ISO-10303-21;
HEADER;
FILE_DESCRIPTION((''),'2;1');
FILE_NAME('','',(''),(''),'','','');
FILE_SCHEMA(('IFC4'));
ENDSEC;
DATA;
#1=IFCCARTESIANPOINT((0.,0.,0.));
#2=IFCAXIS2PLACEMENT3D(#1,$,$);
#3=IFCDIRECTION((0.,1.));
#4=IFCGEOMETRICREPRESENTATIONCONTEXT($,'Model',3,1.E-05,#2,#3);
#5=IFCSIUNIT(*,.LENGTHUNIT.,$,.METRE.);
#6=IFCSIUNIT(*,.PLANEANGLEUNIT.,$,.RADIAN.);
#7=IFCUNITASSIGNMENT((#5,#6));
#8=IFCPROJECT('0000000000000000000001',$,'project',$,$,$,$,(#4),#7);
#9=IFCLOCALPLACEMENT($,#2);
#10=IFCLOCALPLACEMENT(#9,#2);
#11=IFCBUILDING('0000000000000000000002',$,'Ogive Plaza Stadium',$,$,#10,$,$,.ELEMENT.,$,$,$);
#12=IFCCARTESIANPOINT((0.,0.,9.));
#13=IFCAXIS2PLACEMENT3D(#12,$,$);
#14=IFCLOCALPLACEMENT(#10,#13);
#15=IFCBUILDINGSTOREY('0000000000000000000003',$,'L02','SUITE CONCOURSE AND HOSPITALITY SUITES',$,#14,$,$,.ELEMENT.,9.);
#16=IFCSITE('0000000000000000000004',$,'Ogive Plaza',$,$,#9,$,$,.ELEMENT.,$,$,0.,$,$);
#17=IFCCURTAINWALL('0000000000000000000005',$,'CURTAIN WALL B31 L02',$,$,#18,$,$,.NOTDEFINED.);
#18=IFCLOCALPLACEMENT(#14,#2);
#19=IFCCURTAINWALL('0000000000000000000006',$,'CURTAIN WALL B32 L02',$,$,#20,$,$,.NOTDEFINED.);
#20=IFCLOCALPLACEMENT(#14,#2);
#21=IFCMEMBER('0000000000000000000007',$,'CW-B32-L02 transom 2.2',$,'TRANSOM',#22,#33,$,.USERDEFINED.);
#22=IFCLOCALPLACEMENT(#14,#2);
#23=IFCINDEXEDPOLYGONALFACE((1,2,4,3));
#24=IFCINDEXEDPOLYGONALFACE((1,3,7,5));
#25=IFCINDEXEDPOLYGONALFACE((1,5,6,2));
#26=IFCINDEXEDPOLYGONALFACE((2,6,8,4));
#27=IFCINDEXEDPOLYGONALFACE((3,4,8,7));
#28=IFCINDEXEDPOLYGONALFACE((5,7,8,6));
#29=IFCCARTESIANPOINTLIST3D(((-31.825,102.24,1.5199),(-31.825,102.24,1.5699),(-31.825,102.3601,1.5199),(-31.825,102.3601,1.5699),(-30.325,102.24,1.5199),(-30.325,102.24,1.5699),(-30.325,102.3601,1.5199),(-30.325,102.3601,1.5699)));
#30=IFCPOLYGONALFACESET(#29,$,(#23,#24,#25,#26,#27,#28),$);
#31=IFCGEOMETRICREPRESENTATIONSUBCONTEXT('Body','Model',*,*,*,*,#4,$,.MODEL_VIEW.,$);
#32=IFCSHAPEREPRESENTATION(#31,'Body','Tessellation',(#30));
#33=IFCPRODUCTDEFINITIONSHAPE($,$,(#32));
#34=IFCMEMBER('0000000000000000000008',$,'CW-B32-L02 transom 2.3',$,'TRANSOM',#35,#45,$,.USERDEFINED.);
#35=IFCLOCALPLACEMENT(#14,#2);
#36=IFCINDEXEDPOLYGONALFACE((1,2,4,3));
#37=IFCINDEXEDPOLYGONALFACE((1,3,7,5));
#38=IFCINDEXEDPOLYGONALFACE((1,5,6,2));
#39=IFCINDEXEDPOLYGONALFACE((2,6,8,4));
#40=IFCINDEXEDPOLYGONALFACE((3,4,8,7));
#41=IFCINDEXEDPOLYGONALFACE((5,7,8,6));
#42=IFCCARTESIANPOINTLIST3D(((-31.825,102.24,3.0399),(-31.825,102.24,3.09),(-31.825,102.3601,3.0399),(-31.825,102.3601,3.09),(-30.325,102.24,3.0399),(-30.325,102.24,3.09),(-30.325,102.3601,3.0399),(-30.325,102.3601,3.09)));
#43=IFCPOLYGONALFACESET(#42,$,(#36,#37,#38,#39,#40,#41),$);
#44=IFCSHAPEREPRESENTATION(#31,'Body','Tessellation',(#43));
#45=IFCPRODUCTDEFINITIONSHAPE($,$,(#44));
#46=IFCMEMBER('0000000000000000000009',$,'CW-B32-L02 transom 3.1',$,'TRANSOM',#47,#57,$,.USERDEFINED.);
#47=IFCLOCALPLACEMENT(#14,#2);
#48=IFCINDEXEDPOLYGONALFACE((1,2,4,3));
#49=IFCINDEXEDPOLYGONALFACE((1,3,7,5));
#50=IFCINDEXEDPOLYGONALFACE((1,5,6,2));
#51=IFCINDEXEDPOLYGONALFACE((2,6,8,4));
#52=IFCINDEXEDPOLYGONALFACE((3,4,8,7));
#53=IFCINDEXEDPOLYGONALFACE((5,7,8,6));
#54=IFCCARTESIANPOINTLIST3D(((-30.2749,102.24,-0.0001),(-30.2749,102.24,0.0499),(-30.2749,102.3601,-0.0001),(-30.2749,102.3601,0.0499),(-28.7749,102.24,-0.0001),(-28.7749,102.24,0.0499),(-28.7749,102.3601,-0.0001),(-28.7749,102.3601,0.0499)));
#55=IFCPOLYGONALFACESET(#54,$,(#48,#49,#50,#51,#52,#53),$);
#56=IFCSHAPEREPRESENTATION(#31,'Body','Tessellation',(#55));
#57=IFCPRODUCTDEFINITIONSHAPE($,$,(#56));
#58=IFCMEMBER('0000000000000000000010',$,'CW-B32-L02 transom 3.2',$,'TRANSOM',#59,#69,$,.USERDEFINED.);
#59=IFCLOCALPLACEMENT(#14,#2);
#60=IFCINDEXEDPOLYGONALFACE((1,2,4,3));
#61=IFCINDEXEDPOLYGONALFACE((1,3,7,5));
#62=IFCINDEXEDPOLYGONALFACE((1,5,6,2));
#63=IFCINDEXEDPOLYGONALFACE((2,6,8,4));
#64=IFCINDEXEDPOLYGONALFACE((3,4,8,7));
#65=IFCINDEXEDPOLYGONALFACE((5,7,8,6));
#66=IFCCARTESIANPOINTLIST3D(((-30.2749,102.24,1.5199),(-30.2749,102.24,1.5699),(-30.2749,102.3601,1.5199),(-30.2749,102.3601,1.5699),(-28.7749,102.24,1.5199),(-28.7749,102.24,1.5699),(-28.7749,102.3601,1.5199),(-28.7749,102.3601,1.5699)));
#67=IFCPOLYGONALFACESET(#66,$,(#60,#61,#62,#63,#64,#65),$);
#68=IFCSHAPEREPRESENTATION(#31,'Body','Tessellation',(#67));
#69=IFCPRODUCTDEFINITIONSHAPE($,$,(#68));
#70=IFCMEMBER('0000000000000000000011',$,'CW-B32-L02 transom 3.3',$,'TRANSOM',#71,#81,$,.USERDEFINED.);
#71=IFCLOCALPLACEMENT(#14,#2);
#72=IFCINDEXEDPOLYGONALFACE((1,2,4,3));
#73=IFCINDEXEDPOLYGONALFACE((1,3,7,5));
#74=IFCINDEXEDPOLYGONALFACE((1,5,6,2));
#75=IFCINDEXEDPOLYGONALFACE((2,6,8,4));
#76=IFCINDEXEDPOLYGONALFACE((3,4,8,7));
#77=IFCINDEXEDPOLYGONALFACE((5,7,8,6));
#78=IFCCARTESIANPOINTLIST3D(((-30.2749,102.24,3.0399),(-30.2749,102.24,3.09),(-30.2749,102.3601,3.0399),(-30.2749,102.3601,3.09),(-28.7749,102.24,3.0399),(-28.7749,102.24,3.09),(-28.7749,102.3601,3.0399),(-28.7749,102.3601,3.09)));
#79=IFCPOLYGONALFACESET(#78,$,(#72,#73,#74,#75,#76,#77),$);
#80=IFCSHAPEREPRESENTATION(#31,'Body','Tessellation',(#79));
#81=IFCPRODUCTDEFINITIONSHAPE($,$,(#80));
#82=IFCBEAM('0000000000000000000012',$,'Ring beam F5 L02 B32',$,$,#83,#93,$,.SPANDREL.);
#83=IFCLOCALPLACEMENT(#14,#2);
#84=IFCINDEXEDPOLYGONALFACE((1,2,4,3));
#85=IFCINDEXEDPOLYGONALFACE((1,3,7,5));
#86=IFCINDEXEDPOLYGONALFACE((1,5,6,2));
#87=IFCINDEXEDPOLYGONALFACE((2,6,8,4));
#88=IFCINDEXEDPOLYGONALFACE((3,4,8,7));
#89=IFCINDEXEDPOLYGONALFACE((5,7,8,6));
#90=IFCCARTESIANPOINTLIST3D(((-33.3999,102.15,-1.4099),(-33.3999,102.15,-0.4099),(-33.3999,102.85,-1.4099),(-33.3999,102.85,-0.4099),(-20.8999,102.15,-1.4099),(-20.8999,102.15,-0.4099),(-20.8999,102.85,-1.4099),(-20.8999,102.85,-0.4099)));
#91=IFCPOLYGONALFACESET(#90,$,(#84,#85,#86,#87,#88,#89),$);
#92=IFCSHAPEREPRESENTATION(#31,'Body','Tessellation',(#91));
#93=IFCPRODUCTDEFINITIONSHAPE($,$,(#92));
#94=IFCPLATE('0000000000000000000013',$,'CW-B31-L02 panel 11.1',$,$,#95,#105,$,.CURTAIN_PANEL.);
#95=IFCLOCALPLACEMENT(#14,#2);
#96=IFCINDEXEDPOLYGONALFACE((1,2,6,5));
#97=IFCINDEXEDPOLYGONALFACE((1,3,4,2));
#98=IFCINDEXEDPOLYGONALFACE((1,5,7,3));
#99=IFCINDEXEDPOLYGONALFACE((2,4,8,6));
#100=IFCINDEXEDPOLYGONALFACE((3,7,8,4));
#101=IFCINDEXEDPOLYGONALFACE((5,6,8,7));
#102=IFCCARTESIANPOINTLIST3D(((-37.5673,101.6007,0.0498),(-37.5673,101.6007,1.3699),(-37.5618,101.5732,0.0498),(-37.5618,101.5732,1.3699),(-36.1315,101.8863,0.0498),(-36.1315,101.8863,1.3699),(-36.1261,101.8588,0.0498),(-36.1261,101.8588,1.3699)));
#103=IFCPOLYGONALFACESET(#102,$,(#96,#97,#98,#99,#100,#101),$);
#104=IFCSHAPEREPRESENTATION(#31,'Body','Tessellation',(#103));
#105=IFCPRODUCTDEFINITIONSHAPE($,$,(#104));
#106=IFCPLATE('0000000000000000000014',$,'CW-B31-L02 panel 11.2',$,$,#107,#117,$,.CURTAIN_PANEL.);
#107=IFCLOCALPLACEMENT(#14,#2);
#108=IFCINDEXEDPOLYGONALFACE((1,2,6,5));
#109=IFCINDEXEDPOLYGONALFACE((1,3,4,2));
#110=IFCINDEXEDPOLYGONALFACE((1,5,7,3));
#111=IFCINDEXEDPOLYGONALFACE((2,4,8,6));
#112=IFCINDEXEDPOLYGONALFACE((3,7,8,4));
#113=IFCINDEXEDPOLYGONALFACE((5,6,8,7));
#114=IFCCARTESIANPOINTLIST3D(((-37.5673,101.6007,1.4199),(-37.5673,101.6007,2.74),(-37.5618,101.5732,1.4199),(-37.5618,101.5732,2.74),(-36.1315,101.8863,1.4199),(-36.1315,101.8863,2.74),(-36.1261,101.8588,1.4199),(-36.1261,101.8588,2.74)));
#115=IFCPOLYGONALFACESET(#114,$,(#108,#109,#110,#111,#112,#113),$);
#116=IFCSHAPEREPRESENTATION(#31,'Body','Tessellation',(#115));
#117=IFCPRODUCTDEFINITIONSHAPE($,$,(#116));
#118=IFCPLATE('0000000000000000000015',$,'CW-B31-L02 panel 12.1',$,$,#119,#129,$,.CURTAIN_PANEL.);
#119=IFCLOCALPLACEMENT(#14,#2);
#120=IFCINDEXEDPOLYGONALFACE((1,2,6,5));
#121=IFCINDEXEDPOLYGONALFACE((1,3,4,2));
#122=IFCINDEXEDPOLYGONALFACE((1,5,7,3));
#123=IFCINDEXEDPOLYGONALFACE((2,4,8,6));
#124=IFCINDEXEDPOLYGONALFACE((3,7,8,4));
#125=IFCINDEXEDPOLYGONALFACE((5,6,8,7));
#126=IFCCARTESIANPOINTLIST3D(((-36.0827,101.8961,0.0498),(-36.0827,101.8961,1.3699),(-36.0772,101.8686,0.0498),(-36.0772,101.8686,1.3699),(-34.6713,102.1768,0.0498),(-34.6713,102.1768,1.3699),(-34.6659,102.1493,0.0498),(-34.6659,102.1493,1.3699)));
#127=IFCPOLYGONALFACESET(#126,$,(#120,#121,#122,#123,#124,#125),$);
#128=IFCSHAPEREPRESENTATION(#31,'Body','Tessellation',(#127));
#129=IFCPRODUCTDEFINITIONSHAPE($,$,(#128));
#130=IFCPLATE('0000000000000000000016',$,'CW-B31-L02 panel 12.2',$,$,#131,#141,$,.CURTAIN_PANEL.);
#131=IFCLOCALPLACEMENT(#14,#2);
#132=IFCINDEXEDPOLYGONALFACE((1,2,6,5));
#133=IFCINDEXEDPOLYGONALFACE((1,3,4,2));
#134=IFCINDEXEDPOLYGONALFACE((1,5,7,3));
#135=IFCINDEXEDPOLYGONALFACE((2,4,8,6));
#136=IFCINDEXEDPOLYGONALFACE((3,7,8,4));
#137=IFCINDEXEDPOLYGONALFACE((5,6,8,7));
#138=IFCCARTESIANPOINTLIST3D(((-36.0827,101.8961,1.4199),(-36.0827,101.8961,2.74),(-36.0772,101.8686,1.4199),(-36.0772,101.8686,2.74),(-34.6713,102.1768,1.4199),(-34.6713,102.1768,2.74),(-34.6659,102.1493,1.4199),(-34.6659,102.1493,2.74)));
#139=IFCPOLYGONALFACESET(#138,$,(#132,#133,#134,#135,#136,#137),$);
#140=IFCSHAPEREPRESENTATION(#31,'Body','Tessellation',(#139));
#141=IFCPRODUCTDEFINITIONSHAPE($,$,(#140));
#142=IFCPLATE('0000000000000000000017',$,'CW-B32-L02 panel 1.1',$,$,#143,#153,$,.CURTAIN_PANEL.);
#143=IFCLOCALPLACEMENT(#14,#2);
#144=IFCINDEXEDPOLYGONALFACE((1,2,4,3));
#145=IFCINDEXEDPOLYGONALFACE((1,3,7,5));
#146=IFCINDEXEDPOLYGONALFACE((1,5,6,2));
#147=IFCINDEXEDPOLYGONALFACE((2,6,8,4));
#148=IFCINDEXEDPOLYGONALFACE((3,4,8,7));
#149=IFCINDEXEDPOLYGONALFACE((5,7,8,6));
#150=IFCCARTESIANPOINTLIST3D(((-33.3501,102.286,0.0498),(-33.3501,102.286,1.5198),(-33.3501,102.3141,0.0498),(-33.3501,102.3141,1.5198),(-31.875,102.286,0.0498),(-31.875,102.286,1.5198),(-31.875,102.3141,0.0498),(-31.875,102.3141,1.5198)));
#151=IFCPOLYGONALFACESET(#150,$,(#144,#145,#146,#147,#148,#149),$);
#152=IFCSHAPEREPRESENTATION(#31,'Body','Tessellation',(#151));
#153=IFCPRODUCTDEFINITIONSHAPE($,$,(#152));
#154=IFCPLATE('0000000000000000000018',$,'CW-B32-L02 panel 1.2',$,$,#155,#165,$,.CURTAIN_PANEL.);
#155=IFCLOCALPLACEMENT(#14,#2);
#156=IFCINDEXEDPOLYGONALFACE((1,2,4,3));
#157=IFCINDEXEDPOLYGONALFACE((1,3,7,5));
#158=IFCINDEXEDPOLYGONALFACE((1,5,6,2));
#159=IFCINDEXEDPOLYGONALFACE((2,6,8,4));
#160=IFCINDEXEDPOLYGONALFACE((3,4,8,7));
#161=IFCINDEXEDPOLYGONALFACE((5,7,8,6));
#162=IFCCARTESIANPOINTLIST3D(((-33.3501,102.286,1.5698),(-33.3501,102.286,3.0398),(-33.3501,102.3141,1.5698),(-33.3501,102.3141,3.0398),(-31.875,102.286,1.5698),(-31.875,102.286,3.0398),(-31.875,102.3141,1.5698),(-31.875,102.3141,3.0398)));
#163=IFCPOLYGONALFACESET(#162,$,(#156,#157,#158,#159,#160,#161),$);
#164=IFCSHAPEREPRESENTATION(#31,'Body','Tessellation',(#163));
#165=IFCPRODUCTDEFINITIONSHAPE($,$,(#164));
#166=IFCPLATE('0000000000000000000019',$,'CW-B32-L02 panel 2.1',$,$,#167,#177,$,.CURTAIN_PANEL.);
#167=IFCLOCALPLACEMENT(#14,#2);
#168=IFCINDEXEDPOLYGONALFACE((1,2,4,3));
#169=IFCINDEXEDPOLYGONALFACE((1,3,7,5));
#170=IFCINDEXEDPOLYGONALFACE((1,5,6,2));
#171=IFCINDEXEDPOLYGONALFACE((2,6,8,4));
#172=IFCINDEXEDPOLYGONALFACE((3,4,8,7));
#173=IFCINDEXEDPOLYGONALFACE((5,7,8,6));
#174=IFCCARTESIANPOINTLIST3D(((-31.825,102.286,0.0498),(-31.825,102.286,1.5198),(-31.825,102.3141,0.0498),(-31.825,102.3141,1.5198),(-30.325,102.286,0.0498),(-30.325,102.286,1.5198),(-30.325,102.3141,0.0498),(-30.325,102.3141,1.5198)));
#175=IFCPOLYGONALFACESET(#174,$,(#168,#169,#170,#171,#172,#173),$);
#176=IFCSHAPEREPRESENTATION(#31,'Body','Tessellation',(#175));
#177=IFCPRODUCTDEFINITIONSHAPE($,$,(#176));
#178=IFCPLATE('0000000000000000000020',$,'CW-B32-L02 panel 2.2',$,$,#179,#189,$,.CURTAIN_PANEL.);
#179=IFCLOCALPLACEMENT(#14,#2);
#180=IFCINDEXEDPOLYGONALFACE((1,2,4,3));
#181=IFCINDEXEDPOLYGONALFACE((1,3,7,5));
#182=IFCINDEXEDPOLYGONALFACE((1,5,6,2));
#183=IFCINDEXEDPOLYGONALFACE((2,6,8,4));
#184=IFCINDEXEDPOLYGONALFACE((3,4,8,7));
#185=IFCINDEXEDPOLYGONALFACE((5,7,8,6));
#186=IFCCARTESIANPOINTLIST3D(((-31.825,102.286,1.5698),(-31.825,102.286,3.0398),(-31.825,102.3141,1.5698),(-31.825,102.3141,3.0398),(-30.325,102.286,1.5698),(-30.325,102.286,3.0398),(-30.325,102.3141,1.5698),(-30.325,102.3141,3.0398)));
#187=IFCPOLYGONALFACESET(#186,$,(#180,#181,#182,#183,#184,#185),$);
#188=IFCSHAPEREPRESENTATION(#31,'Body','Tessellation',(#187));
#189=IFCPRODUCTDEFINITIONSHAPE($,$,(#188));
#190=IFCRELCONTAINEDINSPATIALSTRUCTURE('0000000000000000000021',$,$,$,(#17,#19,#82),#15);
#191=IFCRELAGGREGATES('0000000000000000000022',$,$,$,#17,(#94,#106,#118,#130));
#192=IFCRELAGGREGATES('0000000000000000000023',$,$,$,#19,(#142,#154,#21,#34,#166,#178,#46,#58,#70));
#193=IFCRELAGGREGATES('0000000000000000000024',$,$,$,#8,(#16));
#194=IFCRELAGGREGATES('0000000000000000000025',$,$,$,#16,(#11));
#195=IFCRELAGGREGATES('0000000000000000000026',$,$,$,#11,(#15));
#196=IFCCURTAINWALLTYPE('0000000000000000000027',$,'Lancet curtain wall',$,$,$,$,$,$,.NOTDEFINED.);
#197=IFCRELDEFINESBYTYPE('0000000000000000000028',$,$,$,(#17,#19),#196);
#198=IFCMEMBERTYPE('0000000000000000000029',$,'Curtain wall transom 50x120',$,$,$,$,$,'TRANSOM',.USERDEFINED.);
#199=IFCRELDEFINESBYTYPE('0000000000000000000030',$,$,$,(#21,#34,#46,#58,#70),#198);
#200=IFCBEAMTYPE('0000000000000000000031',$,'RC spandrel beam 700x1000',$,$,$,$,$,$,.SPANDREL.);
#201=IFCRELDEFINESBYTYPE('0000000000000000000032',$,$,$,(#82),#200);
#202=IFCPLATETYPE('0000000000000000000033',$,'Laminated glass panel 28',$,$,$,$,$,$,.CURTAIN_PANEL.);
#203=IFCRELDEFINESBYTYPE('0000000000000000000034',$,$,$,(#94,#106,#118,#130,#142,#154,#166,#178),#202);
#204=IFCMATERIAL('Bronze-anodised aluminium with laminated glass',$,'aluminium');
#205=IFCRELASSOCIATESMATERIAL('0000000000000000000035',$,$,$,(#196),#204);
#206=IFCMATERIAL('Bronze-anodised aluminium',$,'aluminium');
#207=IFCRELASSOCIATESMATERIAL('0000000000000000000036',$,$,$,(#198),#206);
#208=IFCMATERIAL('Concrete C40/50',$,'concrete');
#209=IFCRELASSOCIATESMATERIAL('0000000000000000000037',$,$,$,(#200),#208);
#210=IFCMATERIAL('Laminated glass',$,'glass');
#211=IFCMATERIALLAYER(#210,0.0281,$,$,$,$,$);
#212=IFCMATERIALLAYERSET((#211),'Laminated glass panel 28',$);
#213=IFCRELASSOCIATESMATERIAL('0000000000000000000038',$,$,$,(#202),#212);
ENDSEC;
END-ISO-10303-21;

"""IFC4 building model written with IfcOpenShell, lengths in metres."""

from ifc_helpers import new_model, si_unit, direction, frame, origin, origin_2d, place, context, subcontext, project, spatial, rectangle, extrude, material, layer, layer_set, material_profile, profile_set, type_object, element, aggregate, save


model = new_model("IFC4")

# Units and contexts
model_context = context("Model", 3, precision=1e-05, world=origin(), true_north=direction((0.0, 1.0)))
body_context = subcontext(model_context, "Body", "Model", "MODEL_VIEW")
ifc_project = project(units=[si_unit("LENGTHUNIT", "METRE"), si_unit("PLANEANGLEUNIT", "RADIAN")], contexts=[model_context])

# Site, building, storey
site_placement = place(None, origin())
site = spatial("IfcSite", under=ifc_project, at=site_placement, Name="Ogive Plaza", CompositionType="ELEMENT", RefElevation=0.0)
building_placement = place(site_placement, origin())
building = spatial("IfcBuilding", under=site, at=building_placement, Name="Ogive Plaza Stadium", CompositionType="ELEMENT")
storey_placement = place(building_placement, frame((0.0, 0.0, 9.0)))
storey = spatial("IfcBuildingStorey", under=building, at=storey_placement, Name="L02", Description="SUITE CONCOURSE AND HOSPITALITY SUITES", CompositionType="ELEMENT", Elevation=9.0)

# Curtain walls
ifc_material_1 = material(Name="Bronze-anodised aluminium with laminated glass", Category="aluminium")
curtain_wall_type = type_object("IfcCurtainWallType", Name="Lancet curtain wall", PredefinedType="NOTDEFINED", material=ifc_material_1)
curtain_wall_1_placement = place(storey_placement, origin())
curtain_wall_1 = element("IfcCurtainWall", 1, at=curtain_wall_1_placement, inside=storey, type_object=curtain_wall_type, Name="CURTAIN WALL B31 L02", PredefinedType="NOTDEFINED")
curtain_wall_2_placement = place(storey_placement, origin())
curtain_wall_2 = element("IfcCurtainWall", 2, at=curtain_wall_2_placement, inside=storey, type_object=curtain_wall_type, Name="CURTAIN WALL B32 L02", PredefinedType="NOTDEFINED")

# Members
ifc_material_2 = material(Name="Bronze-anodised aluminium", Category="aluminium")
ifc_material_profile_1 = material_profile(ifc_material_2, rectangle(XDim=0.1201, YDim=0.05, at=origin_2d()), Name="AL 120x50")
ifc_profile_set_1 = profile_set([ifc_material_profile_1], Name="Bronze-anodised aluminium")
member_type_1 = type_object("IfcMemberType", Name="Curtain wall transom 50x120", ElementType="TRANSOM", PredefinedType="USERDEFINED", material=ifc_profile_set_1)
member_1_placement = place(storey_placement, frame((-31.825, 102.3, 1.5449), z_axis=(1.0, 0.0, 0.0), x_axis=(0.0, 1.0, 0.0)))
member_1 = element("IfcMember", 3, at=member_1_placement, type_object=member_type_1, Name="CW-B32-L02 transom 2.2", ObjectType="TRANSOM", PredefinedType="USERDEFINED", context=body_context, shape_type="SweptSolid", body=[
    extrude(rectangle(XDim=0.1201, YDim=0.05, at=origin_2d()), origin(), (0.0, 0.0, 1.0), 1.5),
])
member_2_placement = place(storey_placement, frame((-31.825, 102.3, 3.0649), z_axis=(1.0, 0.0, 0.0), x_axis=(0.0, 1.0, 0.0)))
member_2 = element("IfcMember", 4, at=member_2_placement, type_object=member_type_1, Name="CW-B32-L02 transom 2.3", ObjectType="TRANSOM", PredefinedType="USERDEFINED", context=body_context, shape_type="SweptSolid", body=[
    extrude(rectangle(XDim=0.1201, YDim=0.05, at=origin_2d()), origin(), (0.0, 0.0, 1.0), 1.5),
])
member_3_placement = place(storey_placement, frame((-30.2749, 102.3, 0.0249), z_axis=(1.0, 0.0, 0.0), x_axis=(0.0, 1.0, 0.0)))
member_3 = element("IfcMember", 5, at=member_3_placement, type_object=member_type_1, Name="CW-B32-L02 transom 3.1", ObjectType="TRANSOM", PredefinedType="USERDEFINED", context=body_context, shape_type="SweptSolid", body=[
    extrude(rectangle(XDim=0.1201, YDim=0.05, at=origin_2d()), origin(), (0.0, 0.0, 1.0), 1.5),
])
member_4_placement = place(storey_placement, frame((-30.2749, 102.3, 1.5449), z_axis=(1.0, 0.0, 0.0), x_axis=(0.0, 1.0, 0.0)))
member_4 = element("IfcMember", 6, at=member_4_placement, type_object=member_type_1, Name="CW-B32-L02 transom 3.2", ObjectType="TRANSOM", PredefinedType="USERDEFINED", context=body_context, shape_type="SweptSolid", body=[
    extrude(rectangle(XDim=0.1201, YDim=0.05, at=origin_2d()), origin(), (0.0, 0.0, 1.0), 1.5),
])
member_5_placement = place(storey_placement, frame((-30.2749, 102.3, 3.0649), z_axis=(1.0, 0.0, 0.0), x_axis=(0.0, 1.0, 0.0)))
member_5 = element("IfcMember", 7, at=member_5_placement, type_object=member_type_1, Name="CW-B32-L02 transom 3.3", ObjectType="TRANSOM", PredefinedType="USERDEFINED", context=body_context, shape_type="SweptSolid", body=[
    extrude(rectangle(XDim=0.1201, YDim=0.05, at=origin_2d()), origin(), (0.0, 0.0, 1.0), 1.5),
])

# Beam
ifc_material_3 = material(Name="Concrete C40/50", Category="concrete")
ifc_material_profile_2 = material_profile(ifc_material_3, rectangle(XDim=0.7, YDim=1.0, at=origin_2d()), Name="RC 700x1000")
ifc_profile_set_2 = profile_set([ifc_material_profile_2], Name="Concrete C40/50")
beam_type = type_object("IfcBeamType", Name="RC spandrel beam 700x1000", PredefinedType="SPANDREL", material=ifc_profile_set_2)
beam_placement = place(storey_placement, frame((-33.3999, 102.5, -0.9099), z_axis=(1.0, 0.0, 0.0), x_axis=(0.0, 1.0, 0.0)))
element("IfcBeam", 8, at=beam_placement, inside=storey, type_object=beam_type, Name="Ring beam F5 L02 B32", PredefinedType="SPANDREL", context=body_context, shape_type="SweptSolid", body=[
    extrude(rectangle(XDim=0.7, YDim=1.0, at=origin_2d()), origin(), (0.0, 0.0, 1.0), 12.5),
])

# Plates
ifc_material_4 = material(Name="Laminated glass", Category="glass")
ifc_layer = layer(ifc_material_4, 0.0281)
ifc_layer_set = layer_set([ifc_layer], Name="Laminated glass panel 28")
plate_type = type_object("IfcPlateType", Name="Laminated glass panel 28", PredefinedType="CURTAIN_PANEL", material=ifc_layer_set)
plate_1_placement = place(storey_placement, frame((-36.8467, 101.7297, 0.0498), z_axis=(0.0, 0.0, 1.0), x_axis=(0.980785, 0.19509, 0.0)))
plate_1 = element("IfcPlate", 9, at=plate_1_placement, type_object=plate_type, Name="CW-B31-L02 panel 11.1", PredefinedType="CURTAIN_PANEL", context=body_context, shape_type="SweptSolid", body=[
    extrude(rectangle(XDim=1.4639, YDim=0.0281, at=origin_2d()), origin(), (0.0, 0.0, 1.0), 1.3201),
])
plate_2_placement = place(storey_placement, frame((-36.8467, 101.7297, 1.4199), z_axis=(0.0, 0.0, 1.0), x_axis=(0.980785, 0.19509, 0.0)))
plate_2 = element("IfcPlate", 10, at=plate_2_placement, type_object=plate_type, Name="CW-B31-L02 panel 11.2", PredefinedType="CURTAIN_PANEL", context=body_context, shape_type="SweptSolid", body=[
    extrude(rectangle(XDim=1.4639, YDim=0.0281, at=origin_2d()), origin(), (0.0, 0.0, 1.0), 1.3201),
])
plate_3_placement = place(storey_placement, frame((-35.3743, 102.0227, 0.0498), z_axis=(0.0, 0.0, 1.0), x_axis=(0.980785, 0.19509, 0.0)))
plate_3 = element("IfcPlate", 11, at=plate_3_placement, type_object=plate_type, Name="CW-B31-L02 panel 12.1", PredefinedType="CURTAIN_PANEL", context=body_context, shape_type="SweptSolid", body=[
    extrude(rectangle(XDim=1.439, YDim=0.0281, at=origin_2d()), origin(), (0.0, 0.0, 1.0), 1.3201),
])
plate_4_placement = place(storey_placement, frame((-35.3743, 102.0227, 1.4199), z_axis=(0.0, 0.0, 1.0), x_axis=(0.980785, 0.19509, 0.0)))
plate_4 = element("IfcPlate", 12, at=plate_4_placement, type_object=plate_type, Name="CW-B31-L02 panel 12.2", PredefinedType="CURTAIN_PANEL", context=body_context, shape_type="SweptSolid", body=[
    extrude(rectangle(XDim=1.439, YDim=0.0281, at=origin_2d()), origin(), (0.0, 0.0, 1.0), 1.3201),
])
aggregate(curtain_wall_1, [plate_1, plate_2, plate_3, plate_4])
plate_5_placement = place(storey_placement, frame((-32.6125, 102.3, 0.0498), z_axis=(0.0, 0.0, 1.0), x_axis=(1.0, 0.0, 0.0)))
plate_5 = element("IfcPlate", 13, at=plate_5_placement, type_object=plate_type, Name="CW-B32-L02 panel 1.1", PredefinedType="CURTAIN_PANEL", context=body_context, shape_type="SweptSolid", body=[
    extrude(rectangle(XDim=1.4751, YDim=0.0281, at=origin_2d()), origin(), (0.0, 0.0, 1.0), 1.47),
])
plate_6_placement = place(storey_placement, frame((-32.6125, 102.3, 1.5698), z_axis=(0.0, 0.0, 1.0), x_axis=(1.0, 0.0, 0.0)))
plate_6 = element("IfcPlate", 14, at=plate_6_placement, type_object=plate_type, Name="CW-B32-L02 panel 1.2", PredefinedType="CURTAIN_PANEL", context=body_context, shape_type="SweptSolid", body=[
    extrude(rectangle(XDim=1.4751, YDim=0.0281, at=origin_2d()), origin(), (0.0, 0.0, 1.0), 1.47),
])
plate_7_placement = place(storey_placement, frame((-31.075, 102.3, 0.0498), z_axis=(0.0, 0.0, 1.0), x_axis=(1.0, 0.0, 0.0)))
plate_7 = element("IfcPlate", 15, at=plate_7_placement, type_object=plate_type, Name="CW-B32-L02 panel 2.1", PredefinedType="CURTAIN_PANEL", context=body_context, shape_type="SweptSolid", body=[
    extrude(rectangle(XDim=1.5, YDim=0.0281, at=origin_2d()), origin(), (0.0, 0.0, 1.0), 1.47),
])
plate_8_placement = place(storey_placement, frame((-31.075, 102.3, 1.5698), z_axis=(0.0, 0.0, 1.0), x_axis=(1.0, 0.0, 0.0)))
plate_8 = element("IfcPlate", 16, at=plate_8_placement, type_object=plate_type, Name="CW-B32-L02 panel 2.2", PredefinedType="CURTAIN_PANEL", context=body_context, shape_type="SweptSolid", body=[
    extrude(rectangle(XDim=1.5, YDim=0.0281, at=origin_2d()), origin(), (0.0, 0.0, 1.0), 1.47),
])
aggregate(curtain_wall_2, [plate_5, plate_6, member_1, member_2, plate_7, plate_8, member_3, member_4, member_5])

save(model, "model.ifc")
